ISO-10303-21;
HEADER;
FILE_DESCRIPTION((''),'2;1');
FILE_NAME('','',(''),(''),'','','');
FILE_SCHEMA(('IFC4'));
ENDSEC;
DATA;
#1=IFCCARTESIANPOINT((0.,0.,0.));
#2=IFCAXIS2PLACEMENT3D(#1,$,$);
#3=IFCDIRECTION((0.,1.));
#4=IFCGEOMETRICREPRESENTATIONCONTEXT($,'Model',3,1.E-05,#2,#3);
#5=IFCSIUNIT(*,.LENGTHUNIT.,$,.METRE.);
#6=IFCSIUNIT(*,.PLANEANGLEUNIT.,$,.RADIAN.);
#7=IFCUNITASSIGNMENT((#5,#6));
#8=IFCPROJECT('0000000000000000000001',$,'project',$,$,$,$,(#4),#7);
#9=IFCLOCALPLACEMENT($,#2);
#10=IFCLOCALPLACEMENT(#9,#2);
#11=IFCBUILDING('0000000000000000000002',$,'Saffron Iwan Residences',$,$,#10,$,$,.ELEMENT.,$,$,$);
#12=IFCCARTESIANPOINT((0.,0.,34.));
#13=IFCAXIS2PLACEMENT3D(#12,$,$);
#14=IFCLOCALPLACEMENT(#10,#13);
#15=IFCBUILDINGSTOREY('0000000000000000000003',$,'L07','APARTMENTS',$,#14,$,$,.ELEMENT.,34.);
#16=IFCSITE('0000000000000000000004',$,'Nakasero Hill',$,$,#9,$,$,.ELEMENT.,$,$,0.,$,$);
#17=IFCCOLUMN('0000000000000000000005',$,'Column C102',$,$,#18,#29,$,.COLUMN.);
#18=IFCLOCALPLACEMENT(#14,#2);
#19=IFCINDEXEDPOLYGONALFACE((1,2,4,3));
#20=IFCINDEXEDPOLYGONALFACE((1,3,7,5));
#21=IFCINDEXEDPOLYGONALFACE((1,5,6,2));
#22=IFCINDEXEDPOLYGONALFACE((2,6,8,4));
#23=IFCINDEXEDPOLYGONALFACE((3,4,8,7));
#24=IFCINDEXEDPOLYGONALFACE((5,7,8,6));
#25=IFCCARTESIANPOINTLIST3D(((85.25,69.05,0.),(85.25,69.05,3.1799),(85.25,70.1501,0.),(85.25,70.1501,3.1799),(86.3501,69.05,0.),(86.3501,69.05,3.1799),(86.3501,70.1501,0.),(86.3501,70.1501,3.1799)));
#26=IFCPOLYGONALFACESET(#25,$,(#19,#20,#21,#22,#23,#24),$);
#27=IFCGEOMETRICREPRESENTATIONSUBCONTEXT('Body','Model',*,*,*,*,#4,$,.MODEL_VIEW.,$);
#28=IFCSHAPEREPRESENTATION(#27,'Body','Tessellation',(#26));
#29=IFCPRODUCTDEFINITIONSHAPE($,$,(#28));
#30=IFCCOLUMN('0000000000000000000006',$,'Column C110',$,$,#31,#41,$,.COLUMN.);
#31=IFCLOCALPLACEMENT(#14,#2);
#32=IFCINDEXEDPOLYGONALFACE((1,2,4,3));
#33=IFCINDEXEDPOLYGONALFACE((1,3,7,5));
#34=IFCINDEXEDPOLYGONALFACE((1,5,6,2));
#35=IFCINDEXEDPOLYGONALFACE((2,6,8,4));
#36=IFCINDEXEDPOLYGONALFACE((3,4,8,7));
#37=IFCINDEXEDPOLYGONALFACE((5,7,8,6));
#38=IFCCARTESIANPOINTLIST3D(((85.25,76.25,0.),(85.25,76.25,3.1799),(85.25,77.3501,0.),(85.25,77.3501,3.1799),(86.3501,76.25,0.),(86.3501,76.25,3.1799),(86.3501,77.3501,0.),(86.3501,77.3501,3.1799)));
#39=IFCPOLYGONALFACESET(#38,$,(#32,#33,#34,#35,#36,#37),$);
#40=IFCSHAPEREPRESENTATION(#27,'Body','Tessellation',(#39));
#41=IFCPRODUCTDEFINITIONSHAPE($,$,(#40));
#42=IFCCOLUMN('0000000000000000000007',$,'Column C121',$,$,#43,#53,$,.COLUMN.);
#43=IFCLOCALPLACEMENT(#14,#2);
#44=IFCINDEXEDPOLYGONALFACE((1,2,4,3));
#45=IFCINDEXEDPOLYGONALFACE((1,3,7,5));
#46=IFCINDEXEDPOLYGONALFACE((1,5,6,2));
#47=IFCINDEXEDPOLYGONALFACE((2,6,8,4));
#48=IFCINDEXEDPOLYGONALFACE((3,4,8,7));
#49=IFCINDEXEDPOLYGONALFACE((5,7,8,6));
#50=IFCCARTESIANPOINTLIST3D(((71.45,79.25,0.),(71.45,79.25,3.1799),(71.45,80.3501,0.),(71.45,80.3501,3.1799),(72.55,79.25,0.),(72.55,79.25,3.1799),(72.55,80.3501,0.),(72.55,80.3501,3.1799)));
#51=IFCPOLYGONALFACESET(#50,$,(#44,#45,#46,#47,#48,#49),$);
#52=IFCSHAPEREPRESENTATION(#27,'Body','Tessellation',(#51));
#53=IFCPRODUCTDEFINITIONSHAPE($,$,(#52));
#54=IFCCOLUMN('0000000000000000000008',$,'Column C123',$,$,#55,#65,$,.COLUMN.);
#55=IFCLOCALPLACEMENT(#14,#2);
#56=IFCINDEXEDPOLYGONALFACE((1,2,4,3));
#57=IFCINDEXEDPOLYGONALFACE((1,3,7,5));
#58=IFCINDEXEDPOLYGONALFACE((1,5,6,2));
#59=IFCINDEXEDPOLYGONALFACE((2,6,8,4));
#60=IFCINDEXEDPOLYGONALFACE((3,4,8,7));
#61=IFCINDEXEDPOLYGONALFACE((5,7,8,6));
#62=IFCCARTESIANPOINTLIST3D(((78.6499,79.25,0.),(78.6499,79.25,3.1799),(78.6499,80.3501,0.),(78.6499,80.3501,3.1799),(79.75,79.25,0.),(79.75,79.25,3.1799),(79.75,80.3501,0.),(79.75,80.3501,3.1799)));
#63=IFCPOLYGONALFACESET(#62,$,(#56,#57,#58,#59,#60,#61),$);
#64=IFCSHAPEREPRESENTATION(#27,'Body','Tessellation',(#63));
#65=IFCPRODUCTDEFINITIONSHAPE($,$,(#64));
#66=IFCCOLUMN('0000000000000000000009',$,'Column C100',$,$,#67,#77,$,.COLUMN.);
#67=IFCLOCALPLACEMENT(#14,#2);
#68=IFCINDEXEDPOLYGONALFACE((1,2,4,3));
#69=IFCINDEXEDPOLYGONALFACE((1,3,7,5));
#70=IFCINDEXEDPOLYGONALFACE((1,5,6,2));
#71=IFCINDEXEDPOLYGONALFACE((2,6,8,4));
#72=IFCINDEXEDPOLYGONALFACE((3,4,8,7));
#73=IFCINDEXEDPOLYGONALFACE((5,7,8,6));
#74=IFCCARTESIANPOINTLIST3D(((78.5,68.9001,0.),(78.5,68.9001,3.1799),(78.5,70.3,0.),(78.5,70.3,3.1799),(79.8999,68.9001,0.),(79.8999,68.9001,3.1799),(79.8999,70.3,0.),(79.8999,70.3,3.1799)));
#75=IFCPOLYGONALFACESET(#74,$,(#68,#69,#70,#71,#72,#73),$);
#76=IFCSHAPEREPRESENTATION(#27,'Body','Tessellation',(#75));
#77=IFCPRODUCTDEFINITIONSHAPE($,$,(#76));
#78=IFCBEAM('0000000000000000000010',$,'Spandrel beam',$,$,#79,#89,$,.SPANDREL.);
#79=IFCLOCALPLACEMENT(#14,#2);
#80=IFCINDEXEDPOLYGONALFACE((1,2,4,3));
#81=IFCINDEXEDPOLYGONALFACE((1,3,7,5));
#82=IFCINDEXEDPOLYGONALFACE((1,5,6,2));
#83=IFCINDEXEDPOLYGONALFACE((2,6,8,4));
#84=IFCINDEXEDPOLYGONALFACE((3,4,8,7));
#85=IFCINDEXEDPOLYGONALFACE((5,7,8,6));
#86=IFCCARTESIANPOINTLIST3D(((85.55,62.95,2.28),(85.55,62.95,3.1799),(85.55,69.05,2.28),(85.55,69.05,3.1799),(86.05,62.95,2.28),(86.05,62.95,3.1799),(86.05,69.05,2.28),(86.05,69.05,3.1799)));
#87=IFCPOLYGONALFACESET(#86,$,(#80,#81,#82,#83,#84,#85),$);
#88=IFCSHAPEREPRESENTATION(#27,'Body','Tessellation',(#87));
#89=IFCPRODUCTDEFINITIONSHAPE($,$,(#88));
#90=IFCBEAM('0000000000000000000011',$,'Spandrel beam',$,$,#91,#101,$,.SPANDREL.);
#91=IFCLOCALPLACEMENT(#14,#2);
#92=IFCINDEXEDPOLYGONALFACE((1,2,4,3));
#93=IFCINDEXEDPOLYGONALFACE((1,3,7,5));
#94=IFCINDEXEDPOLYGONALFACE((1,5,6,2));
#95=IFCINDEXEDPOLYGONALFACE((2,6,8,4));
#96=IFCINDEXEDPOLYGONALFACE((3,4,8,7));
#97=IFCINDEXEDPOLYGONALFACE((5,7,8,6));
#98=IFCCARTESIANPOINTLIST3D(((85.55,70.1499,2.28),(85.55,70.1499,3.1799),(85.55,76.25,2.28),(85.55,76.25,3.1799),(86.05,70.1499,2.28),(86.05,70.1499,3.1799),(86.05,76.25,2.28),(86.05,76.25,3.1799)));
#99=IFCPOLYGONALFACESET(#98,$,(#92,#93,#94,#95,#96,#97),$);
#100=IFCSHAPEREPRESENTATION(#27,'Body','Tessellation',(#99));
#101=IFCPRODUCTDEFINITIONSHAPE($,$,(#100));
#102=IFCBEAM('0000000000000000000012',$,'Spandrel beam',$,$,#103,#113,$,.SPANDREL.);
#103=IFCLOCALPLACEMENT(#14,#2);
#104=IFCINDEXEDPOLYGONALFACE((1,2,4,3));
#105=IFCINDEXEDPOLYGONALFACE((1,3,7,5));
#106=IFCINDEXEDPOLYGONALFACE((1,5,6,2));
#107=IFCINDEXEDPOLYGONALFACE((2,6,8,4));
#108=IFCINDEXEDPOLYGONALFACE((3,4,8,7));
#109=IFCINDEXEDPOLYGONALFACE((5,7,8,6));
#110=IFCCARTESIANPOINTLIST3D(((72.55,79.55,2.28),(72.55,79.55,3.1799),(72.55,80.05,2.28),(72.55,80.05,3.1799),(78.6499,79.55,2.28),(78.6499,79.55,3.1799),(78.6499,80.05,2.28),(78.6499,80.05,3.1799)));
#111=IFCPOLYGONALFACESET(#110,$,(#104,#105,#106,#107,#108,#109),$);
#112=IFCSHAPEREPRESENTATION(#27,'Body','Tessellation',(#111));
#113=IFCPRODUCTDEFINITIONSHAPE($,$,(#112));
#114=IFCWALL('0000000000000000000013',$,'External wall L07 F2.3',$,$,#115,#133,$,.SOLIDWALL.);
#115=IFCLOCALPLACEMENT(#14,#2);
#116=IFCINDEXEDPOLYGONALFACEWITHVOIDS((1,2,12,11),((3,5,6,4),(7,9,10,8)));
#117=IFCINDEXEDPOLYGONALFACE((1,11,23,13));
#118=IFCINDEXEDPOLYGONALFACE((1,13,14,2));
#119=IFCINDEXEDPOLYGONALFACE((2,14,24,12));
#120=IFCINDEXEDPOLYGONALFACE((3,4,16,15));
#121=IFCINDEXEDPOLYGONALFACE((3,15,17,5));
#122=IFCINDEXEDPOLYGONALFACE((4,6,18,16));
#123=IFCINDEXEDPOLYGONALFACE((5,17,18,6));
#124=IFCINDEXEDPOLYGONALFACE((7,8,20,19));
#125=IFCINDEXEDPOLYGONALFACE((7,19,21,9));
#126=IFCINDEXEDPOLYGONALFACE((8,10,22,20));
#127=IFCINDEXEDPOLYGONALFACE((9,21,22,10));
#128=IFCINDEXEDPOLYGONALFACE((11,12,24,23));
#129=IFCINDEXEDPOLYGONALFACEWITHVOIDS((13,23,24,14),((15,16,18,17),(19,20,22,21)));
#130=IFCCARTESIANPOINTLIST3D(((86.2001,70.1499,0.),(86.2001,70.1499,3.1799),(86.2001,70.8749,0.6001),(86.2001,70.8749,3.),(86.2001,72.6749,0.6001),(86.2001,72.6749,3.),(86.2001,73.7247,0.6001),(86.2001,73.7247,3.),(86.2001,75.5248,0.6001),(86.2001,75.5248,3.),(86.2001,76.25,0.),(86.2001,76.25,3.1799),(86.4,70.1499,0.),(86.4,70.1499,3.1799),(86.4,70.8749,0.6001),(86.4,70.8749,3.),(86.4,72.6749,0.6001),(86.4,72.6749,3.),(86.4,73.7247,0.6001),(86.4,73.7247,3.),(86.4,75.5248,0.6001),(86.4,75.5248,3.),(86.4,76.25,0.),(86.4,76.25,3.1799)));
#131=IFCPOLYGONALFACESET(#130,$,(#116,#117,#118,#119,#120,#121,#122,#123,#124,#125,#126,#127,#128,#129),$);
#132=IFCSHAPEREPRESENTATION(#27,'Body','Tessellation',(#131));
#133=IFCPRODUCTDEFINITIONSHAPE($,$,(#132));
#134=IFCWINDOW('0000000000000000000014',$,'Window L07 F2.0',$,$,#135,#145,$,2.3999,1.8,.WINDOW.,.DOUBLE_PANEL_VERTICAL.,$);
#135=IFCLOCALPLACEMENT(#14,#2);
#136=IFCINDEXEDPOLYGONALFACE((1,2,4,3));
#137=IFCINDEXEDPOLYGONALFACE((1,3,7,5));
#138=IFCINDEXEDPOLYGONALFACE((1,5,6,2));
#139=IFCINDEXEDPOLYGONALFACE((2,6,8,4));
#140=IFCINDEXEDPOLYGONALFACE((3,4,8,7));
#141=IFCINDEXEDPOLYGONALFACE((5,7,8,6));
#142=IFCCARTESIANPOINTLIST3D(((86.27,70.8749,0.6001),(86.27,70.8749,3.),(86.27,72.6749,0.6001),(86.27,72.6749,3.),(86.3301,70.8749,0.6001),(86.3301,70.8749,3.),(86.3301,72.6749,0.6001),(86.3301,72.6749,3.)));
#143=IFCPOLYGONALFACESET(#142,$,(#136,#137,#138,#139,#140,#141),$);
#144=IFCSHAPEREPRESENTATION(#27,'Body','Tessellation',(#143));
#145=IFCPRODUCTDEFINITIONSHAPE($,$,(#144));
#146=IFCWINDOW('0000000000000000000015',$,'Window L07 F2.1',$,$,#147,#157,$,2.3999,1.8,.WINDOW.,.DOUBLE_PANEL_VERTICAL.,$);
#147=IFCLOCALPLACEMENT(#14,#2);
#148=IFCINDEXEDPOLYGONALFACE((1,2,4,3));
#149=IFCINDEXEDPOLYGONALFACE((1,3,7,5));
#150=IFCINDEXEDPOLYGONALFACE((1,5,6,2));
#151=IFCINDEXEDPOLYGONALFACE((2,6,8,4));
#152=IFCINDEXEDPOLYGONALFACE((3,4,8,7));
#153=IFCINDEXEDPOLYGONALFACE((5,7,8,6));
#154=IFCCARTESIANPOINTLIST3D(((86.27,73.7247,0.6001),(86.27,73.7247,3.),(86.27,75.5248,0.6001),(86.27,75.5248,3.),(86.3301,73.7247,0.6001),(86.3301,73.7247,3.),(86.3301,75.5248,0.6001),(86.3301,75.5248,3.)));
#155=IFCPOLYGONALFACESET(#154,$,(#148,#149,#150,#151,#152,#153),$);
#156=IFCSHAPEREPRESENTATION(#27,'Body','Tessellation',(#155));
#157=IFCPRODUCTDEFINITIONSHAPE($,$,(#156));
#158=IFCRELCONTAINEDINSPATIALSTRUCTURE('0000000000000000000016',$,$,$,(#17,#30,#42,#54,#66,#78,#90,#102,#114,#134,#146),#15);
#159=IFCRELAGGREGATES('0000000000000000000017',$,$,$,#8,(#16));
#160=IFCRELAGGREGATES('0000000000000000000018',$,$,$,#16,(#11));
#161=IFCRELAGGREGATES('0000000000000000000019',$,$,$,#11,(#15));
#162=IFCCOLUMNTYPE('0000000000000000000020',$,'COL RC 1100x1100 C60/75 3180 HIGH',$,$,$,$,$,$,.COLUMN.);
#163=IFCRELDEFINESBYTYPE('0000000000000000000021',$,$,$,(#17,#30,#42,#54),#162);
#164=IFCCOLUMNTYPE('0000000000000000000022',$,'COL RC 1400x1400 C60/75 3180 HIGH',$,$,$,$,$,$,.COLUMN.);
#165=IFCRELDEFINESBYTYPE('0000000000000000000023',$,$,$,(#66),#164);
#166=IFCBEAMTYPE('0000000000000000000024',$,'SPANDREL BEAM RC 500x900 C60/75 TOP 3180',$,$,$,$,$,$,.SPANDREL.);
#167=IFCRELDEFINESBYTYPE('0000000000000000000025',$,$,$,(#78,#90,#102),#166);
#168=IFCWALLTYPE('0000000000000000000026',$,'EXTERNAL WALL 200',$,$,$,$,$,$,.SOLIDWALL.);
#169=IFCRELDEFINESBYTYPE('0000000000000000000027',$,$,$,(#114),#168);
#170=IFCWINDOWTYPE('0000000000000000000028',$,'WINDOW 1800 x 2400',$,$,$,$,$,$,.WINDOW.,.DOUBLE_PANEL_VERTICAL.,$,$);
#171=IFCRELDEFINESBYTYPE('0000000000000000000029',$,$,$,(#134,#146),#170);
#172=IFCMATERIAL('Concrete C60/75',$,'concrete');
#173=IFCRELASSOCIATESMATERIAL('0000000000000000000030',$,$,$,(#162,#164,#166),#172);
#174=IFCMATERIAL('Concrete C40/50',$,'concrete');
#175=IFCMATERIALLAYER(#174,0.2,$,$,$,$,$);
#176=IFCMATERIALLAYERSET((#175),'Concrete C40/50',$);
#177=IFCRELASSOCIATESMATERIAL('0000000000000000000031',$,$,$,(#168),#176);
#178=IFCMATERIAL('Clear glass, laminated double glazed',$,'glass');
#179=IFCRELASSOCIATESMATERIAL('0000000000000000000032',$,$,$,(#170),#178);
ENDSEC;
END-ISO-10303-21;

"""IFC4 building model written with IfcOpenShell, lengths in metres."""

from ifc_helpers import new_model, si_unit, direction, frame, frame_2d, origin, origin_2d, place, context, subcontext, project, spatial, rectangle, extrude, source, transform, mapped, material, layer, layer_set, material_profile, profile_set, type_object, element, fill, save


model = new_model("IFC4")

# Units and contexts
model_context = context("Model", 3, precision=1e-05, world=origin(), true_north=direction((0.0, 1.0)))
body_context = subcontext(model_context, "Body", "Model", "MODEL_VIEW")
ifc_project = project(units=[si_unit("LENGTHUNIT", "METRE"), si_unit("PLANEANGLEUNIT", "RADIAN")], contexts=[model_context])

# Site, building, storey
site_placement = place(None, origin())
site = spatial("IfcSite", under=ifc_project, at=site_placement, Name="Nakasero Hill", CompositionType="ELEMENT", RefElevation=0.0)
building_placement = place(site_placement, origin())
building = spatial("IfcBuilding", under=site, at=building_placement, Name="Saffron Iwan Residences", CompositionType="ELEMENT")
storey_placement = place(building_placement, frame((0.0, 0.0, 34.0)))
storey = spatial("IfcBuildingStorey", under=building, at=storey_placement, Name="L07", Description="APARTMENTS", CompositionType="ELEMENT", Elevation=34.0)

# Columns
ifc_material_1 = material(Name="Concrete C60/75", Category="concrete")
ifc_material_profile_1 = material_profile(ifc_material_1, rectangle(XDim=1.1001, YDim=1.1001, at=origin_2d()), Name="RC 1100x1100")
ifc_profile_set_1 = profile_set([ifc_material_profile_1], Name="Concrete C60/75")
column_type_1 = type_object("IfcColumnType", Name="COL RC 1100x1100 C60/75 3180 HIGH", PredefinedType="COLUMN", material=ifc_profile_set_1)
shared_shape_1 = source(origin(), body_context, "Body", "SweptSolid", [
    extrude(rectangle(XDim=1.1001, YDim=1.1001, at=origin_2d()), origin(), (0.0, 0.0, 1.0), 3.1799),
])
for number, where, z_axis, x_axis, name in (
    (1, (85.8, 69.6001, 0.0), (0.0, 0.0, 1.0), (1.0, 0.0, 0.0), "Column C102"),
    (2, (85.8, 76.8, 0.0), (0.0, 0.0, 1.0), (1.0, 0.0, 0.0), "Column C110"),
    (3, (72.0, 79.8, 0.0), (0.0, 0.0, 1.0), (1.0, 0.0, 0.0), "Column C121"),
    (4, (79.2, 79.8, 0.0), (0.0, 0.0, 1.0), (1.0, 0.0, 0.0), "Column C123"),
):
    element("IfcColumn", number, at=place(storey_placement, frame(where, z_axis=z_axis, x_axis=x_axis)), inside=storey, type_object=column_type_1, Name=name, PredefinedType="COLUMN", context=body_context, shape_type="MappedRepresentation", body=[
        mapped(shared_shape_1, transform((0.0, 0.0, 0.0))),
    ])
ifc_material_profile_2 = material_profile(ifc_material_1, rectangle(XDim=1.3999, YDim=1.3999, at=origin_2d()), Name="RC 1400x1400")
ifc_profile_set_2 = profile_set([ifc_material_profile_2], Name="Concrete C60/75")
column_type_2 = type_object("IfcColumnType", Name="COL RC 1400x1400 C60/75 3180 HIGH", PredefinedType="COLUMN", material=ifc_profile_set_2)
shared_shape_2 = source(origin(), body_context, "Body", "SweptSolid", [
    extrude(rectangle(XDim=1.3999, YDim=1.3999, at=origin_2d()), origin(), (0.0, 0.0, 1.0), 3.1799),
])
column_placement = place(storey_placement, frame((79.2, 69.6001, 0.0), z_axis=(0.0, 0.0, 1.0), x_axis=(1.0, 0.0, 0.0)))
element("IfcColumn", 5, at=column_placement, inside=storey, type_object=column_type_2, Name="Column C100", PredefinedType="COLUMN", context=body_context, shape_type="MappedRepresentation", body=[
    mapped(shared_shape_2, transform((0.0, 0.0, 0.0))),
])

# Beams
ifc_material_profile_3 = material_profile(ifc_material_1, rectangle(XDim=0.5, YDim=0.8999, at=origin_2d()), Name="RC 500x900")
ifc_profile_set_3 = profile_set([ifc_material_profile_3], Name="Concrete C60/75")
beam_type = type_object("IfcBeamType", Name="SPANDREL BEAM RC 500x900 C60/75 TOP 3180", PredefinedType="SPANDREL", material=ifc_profile_set_3)
shared_shape_3 = source(origin(), body_context, "Body", "SweptSolid", [
    extrude(rectangle(XDim=0.5, YDim=0.8999, at=origin_2d()), origin(), (0.0, 0.0, 1.0), 6.1001),
])
for number, where, z_axis, x_axis, name in (
    (6, (85.8, 69.05, 2.73), (0.0, -1.0, 0.0), (1.0, 0.0, 0.0), "Spandrel beam"),
    (7, (85.8, 76.25, 2.73), (0.0, -1.0, 0.0), (1.0, 0.0, 0.0), "Spandrel beam"),
):
    element("IfcBeam", number, at=place(storey_placement, frame(where, z_axis=z_axis, x_axis=x_axis)), inside=storey, type_object=beam_type, Name=name, PredefinedType="SPANDREL", context=body_context, shape_type="MappedRepresentation", body=[
        mapped(shared_shape_3, transform((0.0, 0.0, 0.0))),
    ])
shared_shape_4 = source(origin(), body_context, "Body", "SweptSolid", [
    extrude(rectangle(XDim=0.5, YDim=0.8999, at=origin_2d()), origin(), (0.0, 0.0, 1.0), 6.0999),
])
beam_placement = place(storey_placement, frame((72.55, 79.8, 2.73), z_axis=(1.0, 0.0, 0.0), x_axis=(0.0, 1.0, 0.0)))
element("IfcBeam", 8, at=beam_placement, inside=storey, type_object=beam_type, Name="Spandrel beam", PredefinedType="SPANDREL", context=body_context, shape_type="MappedRepresentation", body=[
    mapped(shared_shape_4, transform((0.0, 0.0, 0.0))),
])

# Wall, openings, windows
ifc_material_2 = material(Name="Concrete C40/50", Category="concrete")
ifc_layer_1 = layer(ifc_material_2, 0.2)
ifc_layer_set_1 = layer_set([ifc_layer_1], Name="Concrete C40/50")
wall_type_1 = type_object("IfcWallType", Name="EXTERNAL WALL 200", PredefinedType="SOLIDWALL", material=ifc_layer_set_1)
wall_1_placement = place(storey_placement, frame((86.3, 70.1499, 0.0), z_axis=(0.0, 0.0, 1.0), x_axis=(0.0, 1.0, 0.0)))
wall_1 = element("IfcWall", 9, at=wall_1_placement, inside=storey, type_object=wall_type_1, Name="External wall L07 F2.3", PredefinedType="SOLIDWALL", context=body_context, shape_type="SweptSolid", body=[
    extrude(rectangle(XDim=6.1001, YDim=0.2, at=frame_2d((3.05, 0.0))), origin(), (0.0, 0.0, 1.0), 3.1799),
])
opening_1_placement = place(wall_1_placement, frame((0.7251, 0.0, 0.6001)))
opening_1 = element("IfcOpeningElement", 10, at=opening_1_placement, cuts=wall_1, PredefinedType="OPENING", context=body_context, shape_type="SweptSolid", body=[
    extrude(rectangle(XDim=1.8, YDim=2.3999, at=frame_2d((0.8999, 1.2))), frame((0.0, 0.1099, 0.0), z_axis=(0.0, -1.0, 0.0), x_axis=(1.0, 0.0, 0.0)), (0.0, 0.0, 1.0), 0.22),
])
opening_2_placement = place(wall_1_placement, frame((3.575, 0.0, 0.6001)))
opening_2 = element("IfcOpeningElement", 11, at=opening_2_placement, cuts=wall_1, PredefinedType="OPENING", context=body_context, shape_type="SweptSolid", body=[
    extrude(rectangle(XDim=1.8, YDim=2.3999, at=frame_2d((0.8999, 1.2))), frame((0.0, 0.1099, 0.0), z_axis=(0.0, -1.0, 0.0), x_axis=(1.0, 0.0, 0.0)), (0.0, 0.0, 1.0), 0.22),
])
ifc_material_3 = material(Name="Clear glass, laminated double glazed", Category="glass")
window_type_1 = type_object("IfcWindowType", Name="WINDOW 1800 x 2400", PartitioningType="DOUBLE_PANEL_VERTICAL", PredefinedType="WINDOW", material=ifc_material_3)
window_1_placement = place(opening_1_placement, origin())
window_1 = element("IfcWindow", 12, at=window_1_placement, inside=storey, type_object=window_type_1, Name="Window L07 F2.0", OverallHeight=2.3999, OverallWidth=1.8, PartitioningType="DOUBLE_PANEL_VERTICAL", PredefinedType="WINDOW", context=body_context, shape_type="SweptSolid", body=[
    extrude(rectangle(XDim=1.8, YDim=2.3999, at=frame_2d((0.8999, 1.2))), frame((0.0, 0.03, 0.0), z_axis=(0.0, -1.0, 0.0), x_axis=(1.0, 0.0, 0.0)), (0.0, 0.0, 1.0), 0.0601),
])
fill(opening_1, window_1)
window_2_placement = place(opening_2_placement, origin())
window_2 = element("IfcWindow", 13, at=window_2_placement, inside=storey, type_object=window_type_1, Name="Window L07 F2.1", OverallHeight=2.3999, OverallWidth=1.8, PartitioningType="DOUBLE_PANEL_VERTICAL", PredefinedType="WINDOW", context=body_context, shape_type="SweptSolid", body=[
    extrude(rectangle(XDim=1.8, YDim=2.3999, at=frame_2d((0.8999, 1.2))), frame((0.0, 0.03, 0.0), z_axis=(0.0, -1.0, 0.0), x_axis=(1.0, 0.0, 0.0)), (0.0, 0.0, 1.0), 0.0601),
])
fill(opening_2, window_2)

save(model, "model.ifc")
